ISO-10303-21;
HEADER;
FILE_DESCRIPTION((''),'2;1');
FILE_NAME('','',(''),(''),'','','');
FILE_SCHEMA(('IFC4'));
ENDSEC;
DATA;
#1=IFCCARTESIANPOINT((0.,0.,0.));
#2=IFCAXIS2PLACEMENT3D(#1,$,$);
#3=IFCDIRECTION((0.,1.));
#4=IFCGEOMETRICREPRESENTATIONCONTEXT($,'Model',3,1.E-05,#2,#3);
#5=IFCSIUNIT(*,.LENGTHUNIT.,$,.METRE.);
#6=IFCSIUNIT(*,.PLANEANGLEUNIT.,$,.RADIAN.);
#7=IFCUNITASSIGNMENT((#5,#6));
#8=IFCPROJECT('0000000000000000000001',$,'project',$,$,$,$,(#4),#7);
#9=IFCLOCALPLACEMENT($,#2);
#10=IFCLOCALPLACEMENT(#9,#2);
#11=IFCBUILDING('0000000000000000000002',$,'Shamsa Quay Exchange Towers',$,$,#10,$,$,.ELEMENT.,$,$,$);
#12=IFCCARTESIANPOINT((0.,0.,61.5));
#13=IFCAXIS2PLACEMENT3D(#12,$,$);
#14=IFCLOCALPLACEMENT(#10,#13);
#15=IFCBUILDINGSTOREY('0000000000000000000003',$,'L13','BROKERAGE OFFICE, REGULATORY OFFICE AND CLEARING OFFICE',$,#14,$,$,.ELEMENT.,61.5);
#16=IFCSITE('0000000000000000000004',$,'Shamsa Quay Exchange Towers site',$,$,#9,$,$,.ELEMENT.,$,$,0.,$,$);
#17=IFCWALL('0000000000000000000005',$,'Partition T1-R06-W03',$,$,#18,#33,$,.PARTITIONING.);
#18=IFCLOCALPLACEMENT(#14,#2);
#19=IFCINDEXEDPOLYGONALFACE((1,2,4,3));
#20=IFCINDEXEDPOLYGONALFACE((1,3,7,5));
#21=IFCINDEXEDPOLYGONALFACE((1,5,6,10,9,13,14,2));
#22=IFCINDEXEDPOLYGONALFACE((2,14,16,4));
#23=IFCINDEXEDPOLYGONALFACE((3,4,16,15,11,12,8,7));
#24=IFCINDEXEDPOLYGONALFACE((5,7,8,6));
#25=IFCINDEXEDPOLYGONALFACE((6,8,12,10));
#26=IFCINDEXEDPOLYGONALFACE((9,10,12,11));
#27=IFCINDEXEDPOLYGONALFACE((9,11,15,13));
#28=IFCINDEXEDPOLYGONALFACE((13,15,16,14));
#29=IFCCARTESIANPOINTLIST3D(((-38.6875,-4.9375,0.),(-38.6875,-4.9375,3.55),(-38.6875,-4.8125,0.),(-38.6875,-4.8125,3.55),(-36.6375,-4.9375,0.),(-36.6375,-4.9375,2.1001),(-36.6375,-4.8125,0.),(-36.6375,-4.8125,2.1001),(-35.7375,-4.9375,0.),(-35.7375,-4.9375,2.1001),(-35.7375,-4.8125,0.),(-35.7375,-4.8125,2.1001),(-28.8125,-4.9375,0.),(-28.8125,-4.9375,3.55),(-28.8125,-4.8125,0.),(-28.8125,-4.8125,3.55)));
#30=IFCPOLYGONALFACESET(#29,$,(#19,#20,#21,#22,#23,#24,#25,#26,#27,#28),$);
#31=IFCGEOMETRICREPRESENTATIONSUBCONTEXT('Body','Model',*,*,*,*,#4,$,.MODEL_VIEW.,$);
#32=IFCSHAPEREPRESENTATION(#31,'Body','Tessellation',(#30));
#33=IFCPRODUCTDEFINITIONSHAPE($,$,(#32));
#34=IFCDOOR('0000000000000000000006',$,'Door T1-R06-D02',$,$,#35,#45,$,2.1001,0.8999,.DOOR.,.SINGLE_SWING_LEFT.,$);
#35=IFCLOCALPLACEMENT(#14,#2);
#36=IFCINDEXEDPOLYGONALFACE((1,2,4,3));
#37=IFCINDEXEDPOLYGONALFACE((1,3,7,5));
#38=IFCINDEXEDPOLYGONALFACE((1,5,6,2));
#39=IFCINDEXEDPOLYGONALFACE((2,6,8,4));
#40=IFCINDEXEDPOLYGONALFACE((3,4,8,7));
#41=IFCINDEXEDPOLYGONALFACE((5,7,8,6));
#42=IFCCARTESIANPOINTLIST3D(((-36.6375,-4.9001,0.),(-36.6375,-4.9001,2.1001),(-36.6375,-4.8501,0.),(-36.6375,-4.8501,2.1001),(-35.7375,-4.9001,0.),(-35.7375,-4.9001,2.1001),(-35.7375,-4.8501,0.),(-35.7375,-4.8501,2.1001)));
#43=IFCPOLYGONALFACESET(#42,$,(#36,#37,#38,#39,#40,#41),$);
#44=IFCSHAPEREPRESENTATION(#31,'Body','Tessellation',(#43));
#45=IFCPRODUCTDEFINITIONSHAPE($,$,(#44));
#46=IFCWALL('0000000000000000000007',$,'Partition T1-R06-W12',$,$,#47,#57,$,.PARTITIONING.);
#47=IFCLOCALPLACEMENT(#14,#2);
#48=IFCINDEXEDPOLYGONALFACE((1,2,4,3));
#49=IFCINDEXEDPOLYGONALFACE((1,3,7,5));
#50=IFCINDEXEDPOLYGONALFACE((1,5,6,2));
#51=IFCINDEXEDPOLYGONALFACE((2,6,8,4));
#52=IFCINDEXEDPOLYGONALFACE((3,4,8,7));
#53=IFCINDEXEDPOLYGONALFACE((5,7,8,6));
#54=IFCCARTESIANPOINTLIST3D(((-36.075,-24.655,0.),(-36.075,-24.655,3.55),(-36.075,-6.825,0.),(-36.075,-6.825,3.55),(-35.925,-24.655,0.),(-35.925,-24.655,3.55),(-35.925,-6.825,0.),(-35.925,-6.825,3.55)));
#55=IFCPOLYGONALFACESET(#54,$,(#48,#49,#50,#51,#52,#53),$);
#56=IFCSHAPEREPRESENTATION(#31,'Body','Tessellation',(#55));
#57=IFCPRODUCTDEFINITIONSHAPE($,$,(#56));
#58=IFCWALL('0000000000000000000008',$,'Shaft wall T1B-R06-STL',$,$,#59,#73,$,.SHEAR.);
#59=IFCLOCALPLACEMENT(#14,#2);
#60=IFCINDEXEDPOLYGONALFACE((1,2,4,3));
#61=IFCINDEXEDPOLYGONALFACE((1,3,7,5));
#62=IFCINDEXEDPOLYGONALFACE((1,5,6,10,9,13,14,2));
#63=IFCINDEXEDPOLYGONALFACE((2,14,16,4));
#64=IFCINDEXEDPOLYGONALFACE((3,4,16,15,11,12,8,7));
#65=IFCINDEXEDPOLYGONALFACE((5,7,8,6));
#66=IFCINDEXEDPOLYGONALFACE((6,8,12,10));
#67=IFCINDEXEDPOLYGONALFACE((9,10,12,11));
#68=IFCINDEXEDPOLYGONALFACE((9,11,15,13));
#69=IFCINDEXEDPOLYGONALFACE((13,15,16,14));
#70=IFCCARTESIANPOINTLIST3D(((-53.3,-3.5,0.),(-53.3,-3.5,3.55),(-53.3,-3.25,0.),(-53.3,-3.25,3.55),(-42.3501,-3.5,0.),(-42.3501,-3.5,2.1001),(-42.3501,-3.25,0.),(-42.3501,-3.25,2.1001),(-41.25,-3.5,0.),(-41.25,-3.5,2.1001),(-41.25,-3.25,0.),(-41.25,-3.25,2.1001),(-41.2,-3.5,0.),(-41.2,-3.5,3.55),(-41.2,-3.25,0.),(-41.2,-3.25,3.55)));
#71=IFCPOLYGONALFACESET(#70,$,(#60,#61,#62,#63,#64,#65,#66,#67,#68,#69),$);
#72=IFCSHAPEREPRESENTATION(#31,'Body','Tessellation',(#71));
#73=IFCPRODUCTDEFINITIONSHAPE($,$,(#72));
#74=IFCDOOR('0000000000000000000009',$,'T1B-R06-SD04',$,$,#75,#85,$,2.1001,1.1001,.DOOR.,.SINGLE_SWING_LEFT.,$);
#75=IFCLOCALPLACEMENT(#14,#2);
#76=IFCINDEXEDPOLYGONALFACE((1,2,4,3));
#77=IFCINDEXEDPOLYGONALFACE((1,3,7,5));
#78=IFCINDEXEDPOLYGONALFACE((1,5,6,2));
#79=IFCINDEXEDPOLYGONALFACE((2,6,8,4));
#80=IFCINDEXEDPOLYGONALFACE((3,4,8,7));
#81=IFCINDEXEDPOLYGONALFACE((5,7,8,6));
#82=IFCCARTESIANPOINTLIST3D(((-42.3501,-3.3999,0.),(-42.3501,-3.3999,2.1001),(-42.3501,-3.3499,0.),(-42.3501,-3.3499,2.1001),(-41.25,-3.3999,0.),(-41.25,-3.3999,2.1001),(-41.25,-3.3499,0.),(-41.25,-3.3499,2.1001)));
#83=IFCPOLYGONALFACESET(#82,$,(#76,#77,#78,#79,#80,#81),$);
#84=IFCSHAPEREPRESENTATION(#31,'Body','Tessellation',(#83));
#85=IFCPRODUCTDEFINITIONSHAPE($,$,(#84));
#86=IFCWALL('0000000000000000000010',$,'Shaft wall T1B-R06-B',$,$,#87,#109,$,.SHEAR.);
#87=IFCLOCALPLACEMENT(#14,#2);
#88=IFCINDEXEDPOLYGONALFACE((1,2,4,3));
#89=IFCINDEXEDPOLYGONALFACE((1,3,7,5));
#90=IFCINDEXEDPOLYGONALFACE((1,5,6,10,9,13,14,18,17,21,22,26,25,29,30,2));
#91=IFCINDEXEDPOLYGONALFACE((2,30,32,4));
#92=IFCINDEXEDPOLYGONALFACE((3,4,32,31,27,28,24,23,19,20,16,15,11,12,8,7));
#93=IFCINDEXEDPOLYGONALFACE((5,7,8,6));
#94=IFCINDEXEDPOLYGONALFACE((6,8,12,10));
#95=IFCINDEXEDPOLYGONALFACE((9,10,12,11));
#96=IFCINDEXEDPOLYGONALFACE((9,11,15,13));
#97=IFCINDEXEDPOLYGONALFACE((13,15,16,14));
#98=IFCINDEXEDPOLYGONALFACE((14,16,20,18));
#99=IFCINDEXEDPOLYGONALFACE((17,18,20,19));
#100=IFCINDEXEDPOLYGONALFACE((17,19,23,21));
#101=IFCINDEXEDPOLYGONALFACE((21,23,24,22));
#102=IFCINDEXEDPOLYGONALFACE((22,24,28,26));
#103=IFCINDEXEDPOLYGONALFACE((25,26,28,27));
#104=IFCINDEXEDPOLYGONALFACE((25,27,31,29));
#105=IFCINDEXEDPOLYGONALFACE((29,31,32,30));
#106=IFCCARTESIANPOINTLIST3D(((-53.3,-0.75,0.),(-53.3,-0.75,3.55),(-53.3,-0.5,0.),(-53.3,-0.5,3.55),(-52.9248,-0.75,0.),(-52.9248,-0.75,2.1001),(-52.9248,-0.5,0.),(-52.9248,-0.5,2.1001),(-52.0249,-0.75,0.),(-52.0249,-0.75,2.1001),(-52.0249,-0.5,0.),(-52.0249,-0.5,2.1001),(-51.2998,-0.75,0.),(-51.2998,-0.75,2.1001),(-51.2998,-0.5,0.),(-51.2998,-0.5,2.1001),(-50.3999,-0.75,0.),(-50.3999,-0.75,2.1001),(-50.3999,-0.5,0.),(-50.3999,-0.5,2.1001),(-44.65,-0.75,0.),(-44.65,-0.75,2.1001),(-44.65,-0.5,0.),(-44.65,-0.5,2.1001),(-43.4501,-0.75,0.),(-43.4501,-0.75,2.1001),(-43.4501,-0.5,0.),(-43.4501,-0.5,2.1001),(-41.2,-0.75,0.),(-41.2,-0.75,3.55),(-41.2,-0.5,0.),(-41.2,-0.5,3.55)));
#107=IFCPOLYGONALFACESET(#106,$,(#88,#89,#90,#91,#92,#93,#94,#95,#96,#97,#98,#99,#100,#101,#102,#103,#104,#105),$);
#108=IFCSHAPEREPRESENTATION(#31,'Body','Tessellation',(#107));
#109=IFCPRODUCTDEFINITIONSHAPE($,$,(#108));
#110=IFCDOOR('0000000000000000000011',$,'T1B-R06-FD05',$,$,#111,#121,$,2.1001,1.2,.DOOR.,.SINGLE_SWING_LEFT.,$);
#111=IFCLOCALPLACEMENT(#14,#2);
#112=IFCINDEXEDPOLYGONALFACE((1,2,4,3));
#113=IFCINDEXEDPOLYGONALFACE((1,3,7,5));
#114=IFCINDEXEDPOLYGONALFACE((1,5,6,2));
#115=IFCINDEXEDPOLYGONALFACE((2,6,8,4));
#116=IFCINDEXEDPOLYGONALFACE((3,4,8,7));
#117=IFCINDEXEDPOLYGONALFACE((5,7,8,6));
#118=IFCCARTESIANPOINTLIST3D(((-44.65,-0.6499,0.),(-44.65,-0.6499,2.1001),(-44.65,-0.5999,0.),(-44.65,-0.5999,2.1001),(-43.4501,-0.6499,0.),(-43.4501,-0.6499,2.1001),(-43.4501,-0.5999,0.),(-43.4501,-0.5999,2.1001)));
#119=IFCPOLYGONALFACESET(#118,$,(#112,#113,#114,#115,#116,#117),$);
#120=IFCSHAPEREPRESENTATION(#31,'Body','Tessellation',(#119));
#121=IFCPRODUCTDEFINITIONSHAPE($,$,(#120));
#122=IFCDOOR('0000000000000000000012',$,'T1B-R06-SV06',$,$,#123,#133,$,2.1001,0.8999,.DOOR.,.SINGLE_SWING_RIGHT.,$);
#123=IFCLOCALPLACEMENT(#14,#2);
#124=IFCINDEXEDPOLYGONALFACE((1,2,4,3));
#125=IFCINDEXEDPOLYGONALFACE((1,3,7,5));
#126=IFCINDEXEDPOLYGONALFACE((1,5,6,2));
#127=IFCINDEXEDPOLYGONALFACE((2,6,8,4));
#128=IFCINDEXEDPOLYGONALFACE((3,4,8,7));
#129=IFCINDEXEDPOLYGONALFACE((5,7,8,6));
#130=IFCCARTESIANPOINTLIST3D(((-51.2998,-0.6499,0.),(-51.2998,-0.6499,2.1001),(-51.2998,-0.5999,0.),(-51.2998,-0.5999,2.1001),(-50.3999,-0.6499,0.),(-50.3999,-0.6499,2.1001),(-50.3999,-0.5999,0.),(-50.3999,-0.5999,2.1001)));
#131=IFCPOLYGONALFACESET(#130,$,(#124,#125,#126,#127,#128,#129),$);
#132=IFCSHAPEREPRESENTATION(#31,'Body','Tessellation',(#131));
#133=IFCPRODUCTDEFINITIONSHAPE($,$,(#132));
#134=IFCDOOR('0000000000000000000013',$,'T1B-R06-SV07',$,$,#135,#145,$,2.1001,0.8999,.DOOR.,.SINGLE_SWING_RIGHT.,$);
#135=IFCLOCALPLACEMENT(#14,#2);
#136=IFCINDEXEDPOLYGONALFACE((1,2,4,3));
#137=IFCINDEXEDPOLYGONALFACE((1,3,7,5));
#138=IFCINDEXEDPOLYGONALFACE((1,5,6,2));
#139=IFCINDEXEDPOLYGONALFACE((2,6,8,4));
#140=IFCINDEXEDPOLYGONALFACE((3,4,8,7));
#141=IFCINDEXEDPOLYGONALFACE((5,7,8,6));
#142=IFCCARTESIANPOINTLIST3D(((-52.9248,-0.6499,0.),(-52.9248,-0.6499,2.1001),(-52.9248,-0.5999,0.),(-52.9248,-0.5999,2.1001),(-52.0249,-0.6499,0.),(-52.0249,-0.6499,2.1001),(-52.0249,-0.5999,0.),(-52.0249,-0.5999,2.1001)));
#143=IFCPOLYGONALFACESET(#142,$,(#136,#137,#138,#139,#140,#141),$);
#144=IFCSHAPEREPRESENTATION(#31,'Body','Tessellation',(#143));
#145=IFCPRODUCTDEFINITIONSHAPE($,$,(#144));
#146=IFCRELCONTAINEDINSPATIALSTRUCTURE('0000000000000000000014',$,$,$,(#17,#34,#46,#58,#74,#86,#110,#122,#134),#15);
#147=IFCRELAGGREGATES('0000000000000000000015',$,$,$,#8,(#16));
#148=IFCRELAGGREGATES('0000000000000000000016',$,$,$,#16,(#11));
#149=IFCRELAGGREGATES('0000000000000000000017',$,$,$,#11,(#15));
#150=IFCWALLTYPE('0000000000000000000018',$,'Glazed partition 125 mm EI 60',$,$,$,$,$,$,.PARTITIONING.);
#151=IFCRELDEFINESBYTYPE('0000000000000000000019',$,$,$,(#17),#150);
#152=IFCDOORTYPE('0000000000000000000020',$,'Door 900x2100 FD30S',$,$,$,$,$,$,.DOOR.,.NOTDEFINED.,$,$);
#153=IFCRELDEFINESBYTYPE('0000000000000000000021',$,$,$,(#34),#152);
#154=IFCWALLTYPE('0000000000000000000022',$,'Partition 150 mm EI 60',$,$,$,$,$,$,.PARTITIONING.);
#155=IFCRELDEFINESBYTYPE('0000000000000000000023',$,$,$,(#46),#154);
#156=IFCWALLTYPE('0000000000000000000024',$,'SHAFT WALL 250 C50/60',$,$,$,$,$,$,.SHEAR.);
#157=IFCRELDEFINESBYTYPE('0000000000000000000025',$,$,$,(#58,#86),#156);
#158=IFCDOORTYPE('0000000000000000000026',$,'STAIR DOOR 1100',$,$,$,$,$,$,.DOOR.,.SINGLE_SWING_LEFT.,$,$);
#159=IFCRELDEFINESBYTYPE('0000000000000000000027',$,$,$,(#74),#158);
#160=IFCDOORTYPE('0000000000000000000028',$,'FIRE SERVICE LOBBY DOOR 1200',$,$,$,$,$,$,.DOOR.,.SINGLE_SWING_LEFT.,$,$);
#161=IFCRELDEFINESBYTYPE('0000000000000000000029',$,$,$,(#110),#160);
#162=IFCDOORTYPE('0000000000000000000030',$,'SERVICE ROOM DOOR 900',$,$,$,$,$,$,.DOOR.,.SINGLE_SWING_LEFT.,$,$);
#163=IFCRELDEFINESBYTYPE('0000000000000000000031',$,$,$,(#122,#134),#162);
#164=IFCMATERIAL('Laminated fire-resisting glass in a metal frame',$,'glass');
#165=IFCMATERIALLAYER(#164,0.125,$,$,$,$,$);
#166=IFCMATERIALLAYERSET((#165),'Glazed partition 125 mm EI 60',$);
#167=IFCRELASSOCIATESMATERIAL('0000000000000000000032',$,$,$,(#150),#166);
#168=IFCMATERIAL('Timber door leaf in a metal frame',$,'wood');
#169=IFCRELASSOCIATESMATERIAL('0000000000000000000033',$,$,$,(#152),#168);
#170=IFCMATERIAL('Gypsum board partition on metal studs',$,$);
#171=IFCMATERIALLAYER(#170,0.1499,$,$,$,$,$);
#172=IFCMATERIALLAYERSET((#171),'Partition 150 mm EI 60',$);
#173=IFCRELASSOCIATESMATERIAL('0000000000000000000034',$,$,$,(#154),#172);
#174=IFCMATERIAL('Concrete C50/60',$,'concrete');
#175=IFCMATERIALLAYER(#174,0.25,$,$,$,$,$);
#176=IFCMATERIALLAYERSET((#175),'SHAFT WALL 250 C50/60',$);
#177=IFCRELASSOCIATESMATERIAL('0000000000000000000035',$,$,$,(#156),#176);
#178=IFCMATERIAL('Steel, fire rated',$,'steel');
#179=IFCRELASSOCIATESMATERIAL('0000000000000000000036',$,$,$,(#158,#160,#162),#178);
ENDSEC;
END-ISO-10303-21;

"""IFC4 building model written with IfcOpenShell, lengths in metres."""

from ifc_helpers import new_model, si_unit, direction, frame, frame_2d, origin, place, context, subcontext, project, spatial, rectangle, extrude, material, layer, layer_set, type_object, element, fill, save


model = new_model("IFC4")

# Units and contexts
model_context = context("Model", 3, precision=1e-05, world=origin(), true_north=direction((0.0, 1.0)))
body_context = subcontext(model_context, "Body", "Model", "MODEL_VIEW")
ifc_project = project(units=[si_unit("LENGTHUNIT", "METRE"), si_unit("PLANEANGLEUNIT", "RADIAN")], contexts=[model_context])

# Site, building, storey
site_placement = place(None, origin())
site = spatial("IfcSite", under=ifc_project, at=site_placement, Name="Shamsa Quay Exchange Towers site", CompositionType="ELEMENT", RefElevation=0.0)
building_placement = place(site_placement, origin())
building = spatial("IfcBuilding", under=site, at=building_placement, Name="Shamsa Quay Exchange Towers", CompositionType="ELEMENT")
storey_placement = place(building_placement, frame((0.0, 0.0, 61.5)))
storey = spatial("IfcBuildingStorey", under=building, at=storey_placement, Name="L13", Description="BROKERAGE OFFICE, REGULATORY OFFICE AND CLEARING OFFICE", CompositionType="ELEMENT", Elevation=61.5)

# Wall, opening, door
ifc_material_1 = material(Name="Steel, fire rated", Category="steel")
ifc_material_2 = material(Name="Laminated fire-resisting glass in a metal frame", Category="glass")
ifc_layer_1 = layer(ifc_material_2, 0.125)
ifc_layer_set_1 = layer_set([ifc_layer_1], Name="Glazed partition 125 mm EI 60")
wall_type_1 = type_object("IfcWallType", Name="Glazed partition 125 mm EI 60", PredefinedType="PARTITIONING", material=ifc_layer_set_1)
wall_1_placement = place(storey_placement, frame((-38.6875, -4.875, 0.0)))
wall_1 = element("IfcWall", 1, at=wall_1_placement, inside=storey, type_object=wall_type_1, Name="Partition T1-R06-W03", PredefinedType="PARTITIONING", context=body_context, shape_type="SweptSolid", body=[
    extrude(rectangle(XDim=9.875, YDim=0.125, at=frame_2d((4.9375, 0.0))), origin(), (0.0, 0.0, 1.0), 3.55),
])
opening_1_placement = place(wall_1_placement, frame((2.05, 0.0, 0.0)))
opening_1 = element("IfcOpeningElement", 2, at=opening_1_placement, cuts=wall_1, PredefinedType="OPENING", context=body_context, shape_type="SweptSolid", body=[
    extrude(rectangle(XDim=0.8999, YDim=2.1001, at=frame_2d((0.45, 1.05))), frame((0.0, 0.0725, 0.0), z_axis=(0.0, -1.0, 0.0), x_axis=(1.0, 0.0, 0.0)), (0.0, 0.0, 1.0), 0.145),
])
ifc_material_3 = material(Name="Timber door leaf in a metal frame", Category="wood")
door_type_1 = type_object("IfcDoorType", Name="Door 900x2100 FD30S", OperationType="NOTDEFINED", PredefinedType="DOOR", material=ifc_material_3)
door_1_placement = place(opening_1_placement, origin())
door_1 = element("IfcDoor", 3, at=door_1_placement, inside=storey, type_object=door_type_1, Name="Door T1-R06-D02", OperationType="SINGLE_SWING_LEFT", OverallHeight=2.1001, OverallWidth=0.8999, PredefinedType="DOOR", context=body_context, shape_type="SweptSolid", body=[
    extrude(rectangle(XDim=0.8999, YDim=2.1001, at=frame_2d((0.45, 1.05))), frame((0.0, 0.0249, 0.0), z_axis=(0.0, -1.0, 0.0), x_axis=(1.0, 0.0, 0.0)), (0.0, 0.0, 1.0), 0.05),
])
fill(opening_1, door_1)

# Wall
ifc_material_4 = material(Name="Gypsum board partition on metal studs")
ifc_layer_2 = layer(ifc_material_4, 0.1499)
ifc_layer_set_2 = layer_set([ifc_layer_2], Name="Partition 150 mm EI 60")
wall_type_2 = type_object("IfcWallType", Name="Partition 150 mm EI 60", PredefinedType="PARTITIONING", material=ifc_layer_set_2)
wall_2_placement = place(storey_placement, frame((-36.0, -24.655, 0.0), z_axis=(0.0, 0.0, 1.0), x_axis=(0.0, 1.0, 0.0)))
element("IfcWall", 4, at=wall_2_placement, inside=storey, type_object=wall_type_2, Name="Partition T1-R06-W12", PredefinedType="PARTITIONING", context=body_context, shape_type="SweptSolid", body=[
    extrude(rectangle(XDim=17.8301, YDim=0.1499, at=frame_2d((8.915, 0.0))), origin(), (0.0, 0.0, 1.0), 3.55),
])

# Wall, opening, door
ifc_material_5 = material(Name="Concrete C50/60", Category="concrete")
ifc_layer_3 = layer(ifc_material_5, 0.25)
ifc_layer_set_3 = layer_set([ifc_layer_3], Name="SHAFT WALL 250 C50/60")
wall_type_3 = type_object("IfcWallType", Name="SHAFT WALL 250 C50/60", PredefinedType="SHEAR", material=ifc_layer_set_3)
wall_3_placement = place(storey_placement, frame((-41.2, -3.375, 0.0), z_axis=(0.0, 0.0, 1.0), x_axis=(-1.0, 0.0, 0.0)))
wall_3 = element("IfcWall", 5, at=wall_3_placement, inside=storey, type_object=wall_type_3, Name="Shaft wall T1B-R06-STL", PredefinedType="SHEAR", context=body_context, shape_type="SweptSolid", body=[
    extrude(rectangle(XDim=12.1001, YDim=0.25, at=frame_2d((6.05, 0.0))), origin(), (0.0, 0.0, 1.0), 3.55),
])
opening_2_placement = place(wall_3_placement, frame((0.05, 0.0, 0.0)))
opening_2 = element("IfcOpeningElement", 6, at=opening_2_placement, cuts=wall_3, PredefinedType="OPENING", context=body_context, shape_type="SweptSolid", body=[
    extrude(rectangle(XDim=1.1001, YDim=2.1001, at=frame_2d((0.55, 1.05))), frame((0.0, 0.135, 0.0), z_axis=(0.0, -1.0, 0.0), x_axis=(1.0, 0.0, 0.0)), (0.0, 0.0, 1.0), 0.27),
])
door_type_2 = type_object("IfcDoorType", Name="STAIR DOOR 1100", OperationType="SINGLE_SWING_LEFT", PredefinedType="DOOR", material=ifc_material_1)
door_2_placement = place(opening_2_placement, origin())
door_2 = element("IfcDoor", 7, at=door_2_placement, inside=storey, type_object=door_type_2, Name="T1B-R06-SD04", OperationType="SINGLE_SWING_LEFT", OverallHeight=2.1001, OverallWidth=1.1001, PredefinedType="DOOR", context=body_context, shape_type="SweptSolid", body=[
    extrude(rectangle(XDim=1.1001, YDim=2.1001, at=frame_2d((0.55, 1.05))), frame((0.0, 0.0249, 0.0), z_axis=(0.0, -1.0, 0.0), x_axis=(1.0, 0.0, 0.0)), (0.0, 0.0, 1.0), 0.05),
])
fill(opening_2, door_2)

# Wall, openings, doors
wall_4_placement = place(storey_placement, frame((-41.2, -0.625, 0.0), z_axis=(0.0, 0.0, 1.0), x_axis=(-1.0, 0.0, 0.0)))
wall_4 = element("IfcWall", 8, at=wall_4_placement, inside=storey, type_object=wall_type_3, Name="Shaft wall T1B-R06-B", PredefinedType="SHEAR", context=body_context, shape_type="SweptSolid", body=[
    extrude(rectangle(XDim=12.1001, YDim=0.25, at=frame_2d((6.05, 0.0))), origin(), (0.0, 0.0, 1.0), 3.55),
])
opening_3_placement = place(wall_4_placement, frame((2.25, 0.0, 0.0)))
opening_3 = element("IfcOpeningElement", 9, at=opening_3_placement, cuts=wall_4, PredefinedType="OPENING", context=body_context, shape_type="SweptSolid", body=[
    extrude(rectangle(XDim=1.2, YDim=2.1001, at=frame_2d((0.6001, 1.05))), frame((0.0, 0.135, 0.0), z_axis=(0.0, -1.0, 0.0), x_axis=(1.0, 0.0, 0.0)), (0.0, 0.0, 1.0), 0.27),
])
opening_4_placement = place(wall_4_placement, frame((9.2, 0.0, 0.0)))
opening_4 = element("IfcOpeningElement", 10, at=opening_4_placement, cuts=wall_4, PredefinedType="OPENING", context=body_context, shape_type="SweptSolid", body=[
    extrude(rectangle(XDim=0.8999, YDim=2.1001, at=frame_2d((0.45, 1.05))), frame((0.0, 0.135, 0.0), z_axis=(0.0, -1.0, 0.0), x_axis=(1.0, 0.0, 0.0)), (0.0, 0.0, 1.0), 0.27),
])
opening_5_placement = place(wall_4_placement, frame((10.825, 0.0, 0.0)))
opening_5 = element("IfcOpeningElement", 11, at=opening_5_placement, cuts=wall_4, PredefinedType="OPENING", context=body_context, shape_type="SweptSolid", body=[
    extrude(rectangle(XDim=0.8999, YDim=2.1001, at=frame_2d((0.45, 1.05))), frame((0.0, 0.135, 0.0), z_axis=(0.0, -1.0, 0.0), x_axis=(1.0, 0.0, 0.0)), (0.0, 0.0, 1.0), 0.27),
])
door_type_3 = type_object("IfcDoorType", Name="FIRE SERVICE LOBBY DOOR 1200", OperationType="SINGLE_SWING_LEFT", PredefinedType="DOOR", material=ifc_material_1)
door_3_placement = place(opening_3_placement, origin())
door_3 = element("IfcDoor", 12, at=door_3_placement, inside=storey, type_object=door_type_3, Name="T1B-R06-FD05", OperationType="SINGLE_SWING_LEFT", OverallHeight=2.1001, OverallWidth=1.2, PredefinedType="DOOR", context=body_context, shape_type="SweptSolid", body=[
    extrude(rectangle(XDim=1.2, YDim=2.1001, at=frame_2d((0.6001, 1.05))), frame((0.0, 0.0249, 0.0), z_axis=(0.0, -1.0, 0.0), x_axis=(1.0, 0.0, 0.0)), (0.0, 0.0, 1.0), 0.05),
])
fill(opening_3, door_3)
door_type_4 = type_object("IfcDoorType", Name="SERVICE ROOM DOOR 900", OperationType="SINGLE_SWING_LEFT", PredefinedType="DOOR", material=ifc_material_1)
door_4_placement = place(opening_4_placement, origin())
door_4 = element("IfcDoor", 13, at=door_4_placement, inside=storey, type_object=door_type_4, Name="T1B-R06-SV06", OperationType="SINGLE_SWING_RIGHT", OverallHeight=2.1001, OverallWidth=0.8999, PredefinedType="DOOR", context=body_context, shape_type="SweptSolid", body=[
    extrude(rectangle(XDim=0.8999, YDim=2.1001, at=frame_2d((0.45, 1.05))), frame((0.0, 0.0249, 0.0), z_axis=(0.0, -1.0, 0.0), x_axis=(1.0, 0.0, 0.0)), (0.0, 0.0, 1.0), 0.05),
])
fill(opening_4, door_4)
door_5_placement = place(opening_5_placement, origin())
door_5 = element("IfcDoor", 14, at=door_5_placement, inside=storey, type_object=door_type_4, Name="T1B-R06-SV07", OperationType="SINGLE_SWING_RIGHT", OverallHeight=2.1001, OverallWidth=0.8999, PredefinedType="DOOR", context=body_context, shape_type="SweptSolid", body=[
    extrude(rectangle(XDim=0.8999, YDim=2.1001, at=frame_2d((0.45, 1.05))), frame((0.0, 0.0249, 0.0), z_axis=(0.0, -1.0, 0.0), x_axis=(1.0, 0.0, 0.0)), (0.0, 0.0, 1.0), 0.05),
])
fill(opening_5, door_5)

save(model, "model.ifc")
